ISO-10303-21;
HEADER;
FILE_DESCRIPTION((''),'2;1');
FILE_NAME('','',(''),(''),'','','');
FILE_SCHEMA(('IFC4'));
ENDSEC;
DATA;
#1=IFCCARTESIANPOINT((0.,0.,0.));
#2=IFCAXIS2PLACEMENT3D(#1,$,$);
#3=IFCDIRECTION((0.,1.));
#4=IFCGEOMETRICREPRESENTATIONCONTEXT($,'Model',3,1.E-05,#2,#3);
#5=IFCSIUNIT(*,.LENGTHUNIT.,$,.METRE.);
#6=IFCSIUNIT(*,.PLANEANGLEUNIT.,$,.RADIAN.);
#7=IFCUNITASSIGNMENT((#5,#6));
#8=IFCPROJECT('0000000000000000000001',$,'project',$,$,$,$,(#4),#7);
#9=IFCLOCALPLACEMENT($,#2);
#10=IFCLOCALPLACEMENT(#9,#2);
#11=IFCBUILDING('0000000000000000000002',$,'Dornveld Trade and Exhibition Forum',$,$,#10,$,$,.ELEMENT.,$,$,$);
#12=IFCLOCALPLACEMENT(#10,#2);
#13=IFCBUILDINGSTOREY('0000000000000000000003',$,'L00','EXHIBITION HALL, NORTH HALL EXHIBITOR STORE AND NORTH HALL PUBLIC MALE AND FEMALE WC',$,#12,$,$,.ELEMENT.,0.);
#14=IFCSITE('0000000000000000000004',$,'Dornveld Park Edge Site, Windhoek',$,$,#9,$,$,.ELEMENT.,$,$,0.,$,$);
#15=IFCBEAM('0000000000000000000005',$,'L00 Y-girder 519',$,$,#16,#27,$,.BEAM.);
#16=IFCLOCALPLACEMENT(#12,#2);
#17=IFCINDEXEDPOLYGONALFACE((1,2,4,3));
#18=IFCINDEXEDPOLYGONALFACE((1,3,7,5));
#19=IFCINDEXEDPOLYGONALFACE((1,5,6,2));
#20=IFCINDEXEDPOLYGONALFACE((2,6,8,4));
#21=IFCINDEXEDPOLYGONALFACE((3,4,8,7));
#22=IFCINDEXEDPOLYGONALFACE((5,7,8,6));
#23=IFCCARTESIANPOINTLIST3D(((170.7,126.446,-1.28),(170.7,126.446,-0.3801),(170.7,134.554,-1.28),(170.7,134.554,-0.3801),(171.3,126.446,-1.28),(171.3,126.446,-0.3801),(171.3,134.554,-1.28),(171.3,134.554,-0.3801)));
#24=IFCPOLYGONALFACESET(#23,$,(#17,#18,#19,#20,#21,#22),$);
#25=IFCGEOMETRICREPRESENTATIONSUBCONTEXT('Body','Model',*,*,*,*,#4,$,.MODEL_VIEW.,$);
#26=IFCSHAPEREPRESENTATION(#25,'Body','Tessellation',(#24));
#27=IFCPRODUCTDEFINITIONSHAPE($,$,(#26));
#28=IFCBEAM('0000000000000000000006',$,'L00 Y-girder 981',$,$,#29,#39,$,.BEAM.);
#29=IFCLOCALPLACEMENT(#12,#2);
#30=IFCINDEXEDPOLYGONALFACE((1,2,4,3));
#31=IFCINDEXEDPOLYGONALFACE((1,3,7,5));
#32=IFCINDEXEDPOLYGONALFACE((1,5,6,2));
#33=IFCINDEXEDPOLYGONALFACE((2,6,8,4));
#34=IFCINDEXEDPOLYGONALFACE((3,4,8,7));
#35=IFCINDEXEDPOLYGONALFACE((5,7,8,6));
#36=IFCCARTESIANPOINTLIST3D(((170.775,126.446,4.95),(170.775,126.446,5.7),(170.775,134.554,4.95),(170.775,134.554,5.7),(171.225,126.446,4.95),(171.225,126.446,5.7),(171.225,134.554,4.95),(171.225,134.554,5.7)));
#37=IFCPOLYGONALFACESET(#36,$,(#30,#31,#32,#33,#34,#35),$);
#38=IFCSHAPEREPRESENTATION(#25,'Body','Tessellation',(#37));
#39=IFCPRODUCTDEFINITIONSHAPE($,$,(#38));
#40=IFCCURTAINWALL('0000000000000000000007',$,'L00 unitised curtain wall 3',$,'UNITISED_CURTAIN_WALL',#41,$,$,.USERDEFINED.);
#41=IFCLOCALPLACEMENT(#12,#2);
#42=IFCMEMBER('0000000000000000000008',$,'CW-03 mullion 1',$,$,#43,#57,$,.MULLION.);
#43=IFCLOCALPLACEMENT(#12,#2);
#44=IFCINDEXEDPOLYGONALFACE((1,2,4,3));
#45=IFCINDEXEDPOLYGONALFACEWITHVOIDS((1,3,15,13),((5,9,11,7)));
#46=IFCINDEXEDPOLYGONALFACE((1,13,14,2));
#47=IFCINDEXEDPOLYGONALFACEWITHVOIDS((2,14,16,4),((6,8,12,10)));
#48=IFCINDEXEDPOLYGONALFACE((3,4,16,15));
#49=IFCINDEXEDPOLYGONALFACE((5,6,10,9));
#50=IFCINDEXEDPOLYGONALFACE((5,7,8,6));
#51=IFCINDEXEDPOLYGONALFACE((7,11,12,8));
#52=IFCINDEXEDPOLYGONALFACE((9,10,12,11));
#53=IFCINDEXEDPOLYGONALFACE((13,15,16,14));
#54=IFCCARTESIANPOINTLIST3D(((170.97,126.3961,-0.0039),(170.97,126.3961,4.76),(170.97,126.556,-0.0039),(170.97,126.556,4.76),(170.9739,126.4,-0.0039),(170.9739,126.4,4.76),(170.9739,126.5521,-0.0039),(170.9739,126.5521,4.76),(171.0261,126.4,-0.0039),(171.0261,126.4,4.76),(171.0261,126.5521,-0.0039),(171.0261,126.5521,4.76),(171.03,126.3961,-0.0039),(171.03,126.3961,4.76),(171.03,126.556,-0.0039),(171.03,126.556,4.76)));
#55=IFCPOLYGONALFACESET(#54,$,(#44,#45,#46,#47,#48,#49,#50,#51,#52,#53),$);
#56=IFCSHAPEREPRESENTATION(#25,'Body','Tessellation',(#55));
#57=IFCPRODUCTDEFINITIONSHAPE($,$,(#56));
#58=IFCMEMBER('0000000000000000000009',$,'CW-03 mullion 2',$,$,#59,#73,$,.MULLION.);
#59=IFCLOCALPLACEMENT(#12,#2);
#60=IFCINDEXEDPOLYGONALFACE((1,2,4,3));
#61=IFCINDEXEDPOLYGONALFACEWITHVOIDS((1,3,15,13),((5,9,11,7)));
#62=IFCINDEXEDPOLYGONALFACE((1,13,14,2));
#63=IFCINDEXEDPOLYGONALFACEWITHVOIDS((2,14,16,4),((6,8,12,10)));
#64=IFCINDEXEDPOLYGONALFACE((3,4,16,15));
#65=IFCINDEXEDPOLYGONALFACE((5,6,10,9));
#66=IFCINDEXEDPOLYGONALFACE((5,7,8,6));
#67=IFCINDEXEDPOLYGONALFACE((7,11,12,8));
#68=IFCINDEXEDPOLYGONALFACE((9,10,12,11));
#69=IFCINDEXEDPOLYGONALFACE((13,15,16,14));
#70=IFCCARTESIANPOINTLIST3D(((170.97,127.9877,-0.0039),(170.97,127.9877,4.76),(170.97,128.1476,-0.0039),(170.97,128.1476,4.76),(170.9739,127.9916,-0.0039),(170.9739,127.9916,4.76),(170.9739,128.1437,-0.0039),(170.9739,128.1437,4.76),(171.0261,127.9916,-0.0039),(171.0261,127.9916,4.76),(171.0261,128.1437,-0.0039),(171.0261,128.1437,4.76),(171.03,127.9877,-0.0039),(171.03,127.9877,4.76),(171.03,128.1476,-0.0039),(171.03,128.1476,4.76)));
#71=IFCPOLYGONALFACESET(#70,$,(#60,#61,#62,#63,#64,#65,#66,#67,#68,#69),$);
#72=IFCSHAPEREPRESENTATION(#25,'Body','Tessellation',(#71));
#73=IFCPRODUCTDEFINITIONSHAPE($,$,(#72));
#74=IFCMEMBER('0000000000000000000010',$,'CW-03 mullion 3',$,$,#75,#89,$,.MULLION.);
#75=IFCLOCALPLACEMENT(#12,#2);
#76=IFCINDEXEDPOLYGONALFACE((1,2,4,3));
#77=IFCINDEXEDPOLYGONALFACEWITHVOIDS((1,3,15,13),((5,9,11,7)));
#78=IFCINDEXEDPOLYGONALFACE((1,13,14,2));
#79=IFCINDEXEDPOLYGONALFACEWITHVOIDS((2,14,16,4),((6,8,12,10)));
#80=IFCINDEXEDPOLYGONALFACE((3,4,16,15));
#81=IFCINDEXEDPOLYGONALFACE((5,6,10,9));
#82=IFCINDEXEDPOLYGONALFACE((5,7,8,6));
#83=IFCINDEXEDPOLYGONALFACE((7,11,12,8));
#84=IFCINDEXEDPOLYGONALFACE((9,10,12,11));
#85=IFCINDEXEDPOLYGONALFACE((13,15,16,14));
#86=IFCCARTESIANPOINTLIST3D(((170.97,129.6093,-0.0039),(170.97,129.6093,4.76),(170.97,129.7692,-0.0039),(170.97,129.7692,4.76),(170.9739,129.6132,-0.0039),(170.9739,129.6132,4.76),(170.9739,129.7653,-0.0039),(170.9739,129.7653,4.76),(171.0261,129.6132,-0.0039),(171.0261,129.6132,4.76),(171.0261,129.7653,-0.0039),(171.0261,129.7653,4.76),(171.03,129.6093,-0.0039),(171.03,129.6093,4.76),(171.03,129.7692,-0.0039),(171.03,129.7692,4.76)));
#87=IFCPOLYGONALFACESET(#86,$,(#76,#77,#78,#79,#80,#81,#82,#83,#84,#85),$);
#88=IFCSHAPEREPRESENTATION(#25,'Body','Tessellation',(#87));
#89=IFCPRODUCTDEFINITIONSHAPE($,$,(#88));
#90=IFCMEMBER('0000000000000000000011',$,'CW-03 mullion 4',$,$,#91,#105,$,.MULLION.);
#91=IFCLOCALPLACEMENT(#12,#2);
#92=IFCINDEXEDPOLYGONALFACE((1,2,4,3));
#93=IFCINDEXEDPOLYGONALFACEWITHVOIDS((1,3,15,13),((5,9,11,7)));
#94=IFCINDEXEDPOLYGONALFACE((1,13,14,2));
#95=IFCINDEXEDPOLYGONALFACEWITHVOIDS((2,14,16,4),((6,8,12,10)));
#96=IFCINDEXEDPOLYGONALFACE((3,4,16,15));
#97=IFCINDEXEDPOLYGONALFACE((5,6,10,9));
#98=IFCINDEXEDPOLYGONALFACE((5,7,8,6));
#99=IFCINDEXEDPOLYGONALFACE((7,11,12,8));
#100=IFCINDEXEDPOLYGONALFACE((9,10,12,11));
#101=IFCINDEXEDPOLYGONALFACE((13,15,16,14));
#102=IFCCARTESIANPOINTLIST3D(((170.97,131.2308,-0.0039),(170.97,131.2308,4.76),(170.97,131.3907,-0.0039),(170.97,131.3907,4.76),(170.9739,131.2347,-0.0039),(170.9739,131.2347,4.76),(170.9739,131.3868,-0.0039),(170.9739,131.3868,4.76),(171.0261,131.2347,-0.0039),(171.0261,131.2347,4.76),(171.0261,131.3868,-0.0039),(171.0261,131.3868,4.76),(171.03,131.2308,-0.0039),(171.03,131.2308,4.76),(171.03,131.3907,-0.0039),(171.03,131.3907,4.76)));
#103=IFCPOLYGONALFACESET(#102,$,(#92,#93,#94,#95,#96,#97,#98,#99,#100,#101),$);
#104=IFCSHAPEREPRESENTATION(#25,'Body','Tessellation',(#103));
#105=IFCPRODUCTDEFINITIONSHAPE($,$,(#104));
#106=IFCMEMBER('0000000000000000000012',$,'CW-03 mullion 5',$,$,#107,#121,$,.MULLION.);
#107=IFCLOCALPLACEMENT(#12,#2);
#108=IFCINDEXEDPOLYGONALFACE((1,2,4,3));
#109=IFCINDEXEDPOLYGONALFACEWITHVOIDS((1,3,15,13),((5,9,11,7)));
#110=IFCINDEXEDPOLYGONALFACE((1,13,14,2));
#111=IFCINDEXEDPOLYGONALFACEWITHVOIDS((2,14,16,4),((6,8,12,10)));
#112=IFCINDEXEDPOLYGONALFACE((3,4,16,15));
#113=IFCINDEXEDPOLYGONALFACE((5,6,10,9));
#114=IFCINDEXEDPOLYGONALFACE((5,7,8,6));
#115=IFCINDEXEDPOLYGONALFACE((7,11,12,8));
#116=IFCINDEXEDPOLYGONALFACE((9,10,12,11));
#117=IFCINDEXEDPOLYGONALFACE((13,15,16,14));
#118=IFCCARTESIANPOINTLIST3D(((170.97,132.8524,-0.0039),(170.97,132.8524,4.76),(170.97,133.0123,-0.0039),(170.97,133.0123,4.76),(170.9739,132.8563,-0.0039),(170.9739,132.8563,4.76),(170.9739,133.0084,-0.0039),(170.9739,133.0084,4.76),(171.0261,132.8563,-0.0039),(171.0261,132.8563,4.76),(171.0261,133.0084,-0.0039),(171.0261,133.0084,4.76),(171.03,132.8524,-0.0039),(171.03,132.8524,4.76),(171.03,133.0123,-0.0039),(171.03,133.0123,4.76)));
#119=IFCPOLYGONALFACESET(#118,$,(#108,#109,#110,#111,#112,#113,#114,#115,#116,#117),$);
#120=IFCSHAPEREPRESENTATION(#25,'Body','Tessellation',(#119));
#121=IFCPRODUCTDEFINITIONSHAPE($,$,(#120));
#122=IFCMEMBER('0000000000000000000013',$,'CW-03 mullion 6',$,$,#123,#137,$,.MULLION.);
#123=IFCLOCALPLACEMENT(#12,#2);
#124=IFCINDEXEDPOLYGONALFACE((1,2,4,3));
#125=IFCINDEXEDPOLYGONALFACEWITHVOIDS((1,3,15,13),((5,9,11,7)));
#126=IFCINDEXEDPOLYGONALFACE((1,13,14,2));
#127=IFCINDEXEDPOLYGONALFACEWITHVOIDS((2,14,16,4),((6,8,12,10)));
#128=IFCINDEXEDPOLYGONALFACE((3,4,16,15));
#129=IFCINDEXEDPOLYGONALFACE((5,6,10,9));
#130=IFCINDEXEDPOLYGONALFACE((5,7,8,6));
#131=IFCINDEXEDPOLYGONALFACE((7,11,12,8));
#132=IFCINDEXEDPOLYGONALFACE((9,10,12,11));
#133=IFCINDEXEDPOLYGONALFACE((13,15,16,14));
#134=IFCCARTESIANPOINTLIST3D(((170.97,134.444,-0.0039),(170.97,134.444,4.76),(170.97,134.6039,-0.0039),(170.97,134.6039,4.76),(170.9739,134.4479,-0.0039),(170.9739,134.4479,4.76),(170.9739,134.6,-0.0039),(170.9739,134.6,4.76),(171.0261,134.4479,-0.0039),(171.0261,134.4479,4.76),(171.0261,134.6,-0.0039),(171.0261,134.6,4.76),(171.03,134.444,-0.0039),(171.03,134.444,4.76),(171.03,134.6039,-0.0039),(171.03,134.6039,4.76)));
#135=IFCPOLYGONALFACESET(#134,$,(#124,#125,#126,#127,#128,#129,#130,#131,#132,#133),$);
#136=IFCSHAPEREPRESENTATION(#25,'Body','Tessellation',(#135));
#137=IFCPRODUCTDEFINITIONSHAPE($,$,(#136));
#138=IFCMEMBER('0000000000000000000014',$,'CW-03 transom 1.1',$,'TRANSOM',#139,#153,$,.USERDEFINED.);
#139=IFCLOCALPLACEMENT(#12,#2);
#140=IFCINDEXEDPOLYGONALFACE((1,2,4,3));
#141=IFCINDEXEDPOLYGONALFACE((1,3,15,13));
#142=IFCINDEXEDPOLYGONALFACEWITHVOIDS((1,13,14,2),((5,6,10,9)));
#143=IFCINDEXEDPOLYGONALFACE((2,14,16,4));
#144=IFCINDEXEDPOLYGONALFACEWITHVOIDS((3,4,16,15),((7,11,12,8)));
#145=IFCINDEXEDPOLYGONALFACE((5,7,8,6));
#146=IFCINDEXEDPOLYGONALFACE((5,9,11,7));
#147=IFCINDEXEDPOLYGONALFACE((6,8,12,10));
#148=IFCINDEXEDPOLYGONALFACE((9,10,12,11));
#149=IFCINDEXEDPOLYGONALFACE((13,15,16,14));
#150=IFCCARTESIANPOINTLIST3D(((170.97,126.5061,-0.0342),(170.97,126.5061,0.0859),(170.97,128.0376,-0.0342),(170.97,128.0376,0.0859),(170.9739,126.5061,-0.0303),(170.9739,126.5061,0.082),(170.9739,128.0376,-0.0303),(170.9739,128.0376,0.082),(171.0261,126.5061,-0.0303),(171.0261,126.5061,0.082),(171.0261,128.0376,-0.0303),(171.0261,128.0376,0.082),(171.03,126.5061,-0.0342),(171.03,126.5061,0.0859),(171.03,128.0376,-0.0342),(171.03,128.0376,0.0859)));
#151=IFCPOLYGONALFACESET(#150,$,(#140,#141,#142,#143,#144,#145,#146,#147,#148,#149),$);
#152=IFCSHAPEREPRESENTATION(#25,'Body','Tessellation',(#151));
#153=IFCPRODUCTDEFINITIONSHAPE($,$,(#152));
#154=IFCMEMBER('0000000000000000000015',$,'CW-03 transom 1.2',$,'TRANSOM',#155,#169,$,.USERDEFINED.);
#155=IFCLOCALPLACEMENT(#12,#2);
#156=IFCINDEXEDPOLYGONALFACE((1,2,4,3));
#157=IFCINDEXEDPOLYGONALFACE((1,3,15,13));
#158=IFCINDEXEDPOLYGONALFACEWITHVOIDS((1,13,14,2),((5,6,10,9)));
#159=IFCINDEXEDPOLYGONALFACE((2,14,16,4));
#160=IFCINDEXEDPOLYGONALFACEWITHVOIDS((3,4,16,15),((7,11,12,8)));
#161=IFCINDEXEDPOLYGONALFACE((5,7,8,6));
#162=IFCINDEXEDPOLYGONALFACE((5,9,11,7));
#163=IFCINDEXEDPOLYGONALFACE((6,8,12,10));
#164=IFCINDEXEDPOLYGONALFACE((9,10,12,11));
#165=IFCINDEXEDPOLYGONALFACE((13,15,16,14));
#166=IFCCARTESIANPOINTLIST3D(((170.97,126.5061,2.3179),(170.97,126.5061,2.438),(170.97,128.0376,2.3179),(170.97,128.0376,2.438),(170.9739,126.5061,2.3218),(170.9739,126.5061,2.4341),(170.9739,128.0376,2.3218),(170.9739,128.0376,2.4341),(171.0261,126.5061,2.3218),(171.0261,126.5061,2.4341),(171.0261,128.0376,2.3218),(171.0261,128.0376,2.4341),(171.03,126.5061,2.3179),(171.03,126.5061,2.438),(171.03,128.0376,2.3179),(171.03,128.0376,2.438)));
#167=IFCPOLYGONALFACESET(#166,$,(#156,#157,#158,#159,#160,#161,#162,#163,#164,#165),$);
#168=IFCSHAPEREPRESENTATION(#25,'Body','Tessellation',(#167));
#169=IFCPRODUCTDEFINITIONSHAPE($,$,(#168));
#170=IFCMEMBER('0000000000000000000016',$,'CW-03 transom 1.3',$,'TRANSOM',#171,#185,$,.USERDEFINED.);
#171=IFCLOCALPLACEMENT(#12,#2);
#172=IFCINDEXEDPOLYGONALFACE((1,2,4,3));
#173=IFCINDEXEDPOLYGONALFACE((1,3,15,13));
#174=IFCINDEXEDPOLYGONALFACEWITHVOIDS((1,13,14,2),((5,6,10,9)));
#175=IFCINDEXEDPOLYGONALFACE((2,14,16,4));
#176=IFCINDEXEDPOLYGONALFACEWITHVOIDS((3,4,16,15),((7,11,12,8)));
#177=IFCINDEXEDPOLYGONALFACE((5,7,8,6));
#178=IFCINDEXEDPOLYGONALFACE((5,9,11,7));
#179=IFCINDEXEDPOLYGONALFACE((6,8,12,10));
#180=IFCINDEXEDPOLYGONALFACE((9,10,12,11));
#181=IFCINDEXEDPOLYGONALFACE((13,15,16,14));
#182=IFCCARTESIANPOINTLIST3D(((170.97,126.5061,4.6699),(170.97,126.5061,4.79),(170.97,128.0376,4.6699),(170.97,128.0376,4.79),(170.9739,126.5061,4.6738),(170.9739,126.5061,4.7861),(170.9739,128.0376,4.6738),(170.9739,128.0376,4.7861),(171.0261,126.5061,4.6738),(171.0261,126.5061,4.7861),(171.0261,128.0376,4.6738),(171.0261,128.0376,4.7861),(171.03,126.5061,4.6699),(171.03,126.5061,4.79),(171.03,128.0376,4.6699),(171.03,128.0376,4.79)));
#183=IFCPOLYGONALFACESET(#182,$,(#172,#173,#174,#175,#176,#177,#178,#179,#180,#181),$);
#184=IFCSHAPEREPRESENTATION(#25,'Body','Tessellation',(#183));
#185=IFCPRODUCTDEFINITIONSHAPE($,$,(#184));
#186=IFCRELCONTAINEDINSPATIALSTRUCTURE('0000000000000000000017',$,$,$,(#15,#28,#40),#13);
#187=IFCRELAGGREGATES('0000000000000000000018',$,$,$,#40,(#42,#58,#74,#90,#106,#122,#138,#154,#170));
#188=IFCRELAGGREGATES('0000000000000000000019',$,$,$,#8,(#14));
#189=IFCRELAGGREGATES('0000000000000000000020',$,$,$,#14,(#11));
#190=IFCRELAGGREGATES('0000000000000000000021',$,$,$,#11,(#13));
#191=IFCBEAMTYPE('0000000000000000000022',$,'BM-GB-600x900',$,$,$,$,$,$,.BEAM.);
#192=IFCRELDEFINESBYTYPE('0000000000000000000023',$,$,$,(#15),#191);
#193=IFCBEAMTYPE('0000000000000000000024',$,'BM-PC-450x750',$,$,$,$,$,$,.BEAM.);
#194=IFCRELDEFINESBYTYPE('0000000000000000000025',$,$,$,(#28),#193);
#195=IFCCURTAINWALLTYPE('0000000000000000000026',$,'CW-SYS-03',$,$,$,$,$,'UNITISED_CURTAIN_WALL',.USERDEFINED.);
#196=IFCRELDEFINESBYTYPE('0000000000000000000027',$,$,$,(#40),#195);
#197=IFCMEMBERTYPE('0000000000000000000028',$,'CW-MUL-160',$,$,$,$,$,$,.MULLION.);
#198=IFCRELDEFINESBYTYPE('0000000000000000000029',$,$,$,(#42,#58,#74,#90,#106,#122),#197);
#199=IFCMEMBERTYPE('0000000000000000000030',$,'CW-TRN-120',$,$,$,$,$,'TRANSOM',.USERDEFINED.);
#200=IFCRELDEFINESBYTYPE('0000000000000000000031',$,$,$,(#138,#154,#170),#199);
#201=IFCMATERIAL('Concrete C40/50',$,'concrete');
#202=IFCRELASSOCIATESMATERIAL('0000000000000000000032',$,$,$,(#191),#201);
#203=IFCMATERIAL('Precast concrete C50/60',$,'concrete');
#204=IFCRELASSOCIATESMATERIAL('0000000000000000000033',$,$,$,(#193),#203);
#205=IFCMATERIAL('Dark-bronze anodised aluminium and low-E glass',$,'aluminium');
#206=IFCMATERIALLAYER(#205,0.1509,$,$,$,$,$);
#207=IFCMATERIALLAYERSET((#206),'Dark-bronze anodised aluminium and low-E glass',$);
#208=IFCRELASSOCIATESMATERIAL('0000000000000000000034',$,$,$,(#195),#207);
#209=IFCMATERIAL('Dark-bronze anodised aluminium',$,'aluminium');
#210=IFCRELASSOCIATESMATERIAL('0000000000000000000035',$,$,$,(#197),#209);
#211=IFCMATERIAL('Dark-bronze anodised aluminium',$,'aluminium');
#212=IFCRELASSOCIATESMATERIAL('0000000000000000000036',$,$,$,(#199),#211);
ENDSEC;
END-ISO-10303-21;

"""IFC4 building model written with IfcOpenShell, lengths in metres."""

from ifc_helpers import new_model, si_unit, direction, frame, origin, origin_2d, place, context, subcontext, project, spatial, rectangle, hollow_rectangle, extrude, material, layer, layer_set, material_profile, profile_set, type_object, element, aggregate, save


model = new_model("IFC4")

# Units and contexts
model_context = context("Model", 3, precision=1e-05, world=origin(), true_north=direction((0.0, 1.0)))
body_context = subcontext(model_context, "Body", "Model", "MODEL_VIEW")
ifc_project = project(units=[si_unit("LENGTHUNIT", "METRE"), si_unit("PLANEANGLEUNIT", "RADIAN")], contexts=[model_context])

# Site, building, storey
site_placement = place(None, origin())
site = spatial("IfcSite", under=ifc_project, at=site_placement, Name="Dornveld Park Edge Site, Windhoek", CompositionType="ELEMENT", RefElevation=0.0)
building_placement = place(site_placement, origin())
building = spatial("IfcBuilding", under=site, at=building_placement, Name="Dornveld Trade and Exhibition Forum", CompositionType="ELEMENT")
storey_placement = place(building_placement, origin())
storey = spatial("IfcBuildingStorey", under=building, at=storey_placement, Name="L00", Description="EXHIBITION HALL, NORTH HALL EXHIBITOR STORE AND NORTH HALL PUBLIC MALE AND FEMALE WC", CompositionType="ELEMENT", Elevation=0.0)

# Beams
ifc_material_1 = material(Name="Concrete C40/50", Category="concrete")
ifc_material_profile_1 = material_profile(ifc_material_1, rectangle(XDim=0.6001, YDim=0.8999, at=origin_2d()), Name="RC-GB 600x900")
ifc_profile_set_1 = profile_set([ifc_material_profile_1], Name="Concrete C40/50")
beam_type_1 = type_object("IfcBeamType", Name="BM-GB-600x900", PredefinedType="BEAM", material=ifc_profile_set_1)
beam_1_placement = place(storey_placement, frame((171.0, 126.446, -0.8301), z_axis=(0.0, 1.0, 0.0), x_axis=(-1.0, 0.0, 0.0)))
element("IfcBeam", 1, at=beam_1_placement, inside=storey, type_object=beam_type_1, Name="L00 Y-girder 519", PredefinedType="BEAM", context=body_context, shape_type="SweptSolid", body=[
    extrude(rectangle(XDim=0.6001, YDim=0.8999, at=origin_2d()), origin(), (0.0, 0.0, 1.0), 8.1079),
])
ifc_material_2 = material(Name="Precast concrete C50/60", Category="concrete")
ifc_material_profile_2 = material_profile(ifc_material_2, rectangle(XDim=0.45, YDim=0.75, at=origin_2d()), Name="PC-BM 450x750")
ifc_profile_set_2 = profile_set([ifc_material_profile_2], Name="Precast concrete C50/60")
beam_type_2 = type_object("IfcBeamType", Name="BM-PC-450x750", PredefinedType="BEAM", material=ifc_profile_set_2)
beam_2_placement = place(storey_placement, frame((171.0, 126.446, 5.325), z_axis=(0.0, 1.0, 0.0), x_axis=(-1.0, 0.0, 0.0)))
element("IfcBeam", 2, at=beam_2_placement, inside=storey, type_object=beam_type_2, Name="L00 Y-girder 981", PredefinedType="BEAM", context=body_context, shape_type="SweptSolid", body=[
    extrude(rectangle(XDim=0.45, YDim=0.75, at=origin_2d()), origin(), (0.0, 0.0, 1.0), 8.1079),
])

# Curtain wall, members
ifc_material_3 = material(Name="Dark-bronze anodised aluminium and low-E glass", Category="aluminium")
ifc_layer_1 = layer(ifc_material_3, 0.1509)
ifc_layer_set_1 = layer_set([ifc_layer_1], Name="Dark-bronze anodised aluminium and low-E glass")
curtain_wall_type = type_object("IfcCurtainWallType", Name="CW-SYS-03", ElementType="UNITISED_CURTAIN_WALL", PredefinedType="USERDEFINED", material=ifc_layer_set_1)
curtain_wall_placement = place(storey_placement, origin())
curtain_wall = element("IfcCurtainWall", 3, at=curtain_wall_placement, inside=storey, type_object=curtain_wall_type, Name="L00 unitised curtain wall 3", ObjectType="UNITISED_CURTAIN_WALL", PredefinedType="USERDEFINED")
ifc_material_4 = material(Name="Dark-bronze anodised aluminium", Category="aluminium")
ifc_material_profile_3 = material_profile(ifc_material_4, hollow_rectangle(XDim=0.0601, YDim=0.1599, WallThickness=0.0039, at=origin_2d()), Name="RHS 160x60x4")
ifc_profile_set_3 = profile_set([ifc_material_profile_3], Name="Dark-bronze anodised aluminium")
member_type_1 = type_object("IfcMemberType", Name="CW-MUL-160", PredefinedType="MULLION", material=ifc_profile_set_3)
member_1_placement = place(storey_placement, frame((171.0, 126.4761, -0.0039), z_axis=(0.0, 0.0, 1.0), x_axis=(-1.0, 0.0, 0.0)))
member_1 = element("IfcMember", 4, at=member_1_placement, type_object=member_type_1, Name="CW-03 mullion 1", PredefinedType="MULLION", context=body_context, shape_type="SweptSolid", body=[
    extrude(hollow_rectangle(XDim=0.0601, YDim=0.1599, WallThickness=0.0039, at=origin_2d()), origin(), (0.0, 0.0, 1.0), 4.7639),
])
member_2_placement = place(storey_placement, frame((171.0, 128.0676, -0.0039), z_axis=(0.0, 0.0, 1.0), x_axis=(-1.0, 0.0, 0.0)))
member_2 = element("IfcMember", 5, at=member_2_placement, type_object=member_type_1, Name="CW-03 mullion 2", PredefinedType="MULLION", context=body_context, shape_type="SweptSolid", body=[
    extrude(hollow_rectangle(XDim=0.0601, YDim=0.1599, WallThickness=0.0039, at=origin_2d()), origin(), (0.0, 0.0, 1.0), 4.7639),
])
member_3_placement = place(storey_placement, frame((171.0, 129.6892, -0.0039), z_axis=(0.0, 0.0, 1.0), x_axis=(-1.0, 0.0, 0.0)))
member_3 = element("IfcMember", 6, at=member_3_placement, type_object=member_type_1, Name="CW-03 mullion 3", PredefinedType="MULLION", context=body_context, shape_type="SweptSolid", body=[
    extrude(hollow_rectangle(XDim=0.0601, YDim=0.1599, WallThickness=0.0039, at=origin_2d()), origin(), (0.0, 0.0, 1.0), 4.7639),
])
member_4_placement = place(storey_placement, frame((171.0, 131.3108, -0.0039), z_axis=(0.0, 0.0, 1.0), x_axis=(-1.0, 0.0, 0.0)))
member_4 = element("IfcMember", 7, at=member_4_placement, type_object=member_type_1, Name="CW-03 mullion 4", PredefinedType="MULLION", context=body_context, shape_type="SweptSolid", body=[
    extrude(hollow_rectangle(XDim=0.0601, YDim=0.1599, WallThickness=0.0039, at=origin_2d()), origin(), (0.0, 0.0, 1.0), 4.7639),
])
member_5_placement = place(storey_placement, frame((171.0, 132.9324, -0.0039), z_axis=(0.0, 0.0, 1.0), x_axis=(-1.0, 0.0, 0.0)))
member_5 = element("IfcMember", 8, at=member_5_placement, type_object=member_type_1, Name="CW-03 mullion 5", PredefinedType="MULLION", context=body_context, shape_type="SweptSolid", body=[
    extrude(hollow_rectangle(XDim=0.0601, YDim=0.1599, WallThickness=0.0039, at=origin_2d()), origin(), (0.0, 0.0, 1.0), 4.7639),
])
member_6_placement = place(storey_placement, frame((171.0, 134.5239, -0.0039), z_axis=(0.0, 0.0, 1.0), x_axis=(-1.0, 0.0, 0.0)))
member_6 = element("IfcMember", 9, at=member_6_placement, type_object=member_type_1, Name="CW-03 mullion 6", PredefinedType="MULLION", context=body_context, shape_type="SweptSolid", body=[
    extrude(hollow_rectangle(XDim=0.0601, YDim=0.1599, WallThickness=0.0039, at=origin_2d()), origin(), (0.0, 0.0, 1.0), 4.7639),
])
ifc_material_5 = material(Name="Dark-bronze anodised aluminium", Category="aluminium")
ifc_material_profile_4 = material_profile(ifc_material_5, hollow_rectangle(XDim=0.0601, YDim=0.1201, WallThickness=0.0039, at=origin_2d()), Name="RHS 120x60x4")
ifc_profile_set_4 = profile_set([ifc_material_profile_4], Name="Dark-bronze anodised aluminium")
member_type_2 = type_object("IfcMemberType", Name="CW-TRN-120", ElementType="TRANSOM", PredefinedType="USERDEFINED", material=ifc_profile_set_4)
member_7_placement = place(storey_placement, frame((171.0, 126.5061, 0.0259), z_axis=(0.0, 1.0, 0.0), x_axis=(-1.0, 0.0, 0.0)))
member_7 = element("IfcMember", 10, at=member_7_placement, type_object=member_type_2, Name="CW-03 transom 1.1", ObjectType="TRANSOM", PredefinedType="USERDEFINED", context=body_context, shape_type="SweptSolid", body=[
    extrude(hollow_rectangle(XDim=0.0601, YDim=0.1201, WallThickness=0.0039, at=origin_2d()), origin(), (0.0, 0.0, 1.0), 1.5315),
])
member_8_placement = place(storey_placement, frame((171.0, 126.5061, 2.3779), z_axis=(0.0, 1.0, 0.0), x_axis=(-1.0, 0.0, 0.0)))
member_8 = element("IfcMember", 11, at=member_8_placement, type_object=member_type_2, Name="CW-03 transom 1.2", ObjectType="TRANSOM", PredefinedType="USERDEFINED", context=body_context, shape_type="SweptSolid", body=[
    extrude(hollow_rectangle(XDim=0.0601, YDim=0.1201, WallThickness=0.0039, at=origin_2d()), origin(), (0.0, 0.0, 1.0), 1.5315),
])
member_9_placement = place(storey_placement, frame((171.0, 126.5061, 4.73), z_axis=(0.0, 1.0, 0.0), x_axis=(-1.0, 0.0, 0.0)))
member_9 = element("IfcMember", 12, at=member_9_placement, type_object=member_type_2, Name="CW-03 transom 1.3", ObjectType="TRANSOM", PredefinedType="USERDEFINED", context=body_context, shape_type="SweptSolid", body=[
    extrude(hollow_rectangle(XDim=0.0601, YDim=0.1201, WallThickness=0.0039, at=origin_2d()), origin(), (0.0, 0.0, 1.0), 1.5315),
])
aggregate(curtain_wall, [member_1, member_2, member_3, member_4, member_5, member_6, member_7, member_8, member_9])

save(model, "model.ifc")
